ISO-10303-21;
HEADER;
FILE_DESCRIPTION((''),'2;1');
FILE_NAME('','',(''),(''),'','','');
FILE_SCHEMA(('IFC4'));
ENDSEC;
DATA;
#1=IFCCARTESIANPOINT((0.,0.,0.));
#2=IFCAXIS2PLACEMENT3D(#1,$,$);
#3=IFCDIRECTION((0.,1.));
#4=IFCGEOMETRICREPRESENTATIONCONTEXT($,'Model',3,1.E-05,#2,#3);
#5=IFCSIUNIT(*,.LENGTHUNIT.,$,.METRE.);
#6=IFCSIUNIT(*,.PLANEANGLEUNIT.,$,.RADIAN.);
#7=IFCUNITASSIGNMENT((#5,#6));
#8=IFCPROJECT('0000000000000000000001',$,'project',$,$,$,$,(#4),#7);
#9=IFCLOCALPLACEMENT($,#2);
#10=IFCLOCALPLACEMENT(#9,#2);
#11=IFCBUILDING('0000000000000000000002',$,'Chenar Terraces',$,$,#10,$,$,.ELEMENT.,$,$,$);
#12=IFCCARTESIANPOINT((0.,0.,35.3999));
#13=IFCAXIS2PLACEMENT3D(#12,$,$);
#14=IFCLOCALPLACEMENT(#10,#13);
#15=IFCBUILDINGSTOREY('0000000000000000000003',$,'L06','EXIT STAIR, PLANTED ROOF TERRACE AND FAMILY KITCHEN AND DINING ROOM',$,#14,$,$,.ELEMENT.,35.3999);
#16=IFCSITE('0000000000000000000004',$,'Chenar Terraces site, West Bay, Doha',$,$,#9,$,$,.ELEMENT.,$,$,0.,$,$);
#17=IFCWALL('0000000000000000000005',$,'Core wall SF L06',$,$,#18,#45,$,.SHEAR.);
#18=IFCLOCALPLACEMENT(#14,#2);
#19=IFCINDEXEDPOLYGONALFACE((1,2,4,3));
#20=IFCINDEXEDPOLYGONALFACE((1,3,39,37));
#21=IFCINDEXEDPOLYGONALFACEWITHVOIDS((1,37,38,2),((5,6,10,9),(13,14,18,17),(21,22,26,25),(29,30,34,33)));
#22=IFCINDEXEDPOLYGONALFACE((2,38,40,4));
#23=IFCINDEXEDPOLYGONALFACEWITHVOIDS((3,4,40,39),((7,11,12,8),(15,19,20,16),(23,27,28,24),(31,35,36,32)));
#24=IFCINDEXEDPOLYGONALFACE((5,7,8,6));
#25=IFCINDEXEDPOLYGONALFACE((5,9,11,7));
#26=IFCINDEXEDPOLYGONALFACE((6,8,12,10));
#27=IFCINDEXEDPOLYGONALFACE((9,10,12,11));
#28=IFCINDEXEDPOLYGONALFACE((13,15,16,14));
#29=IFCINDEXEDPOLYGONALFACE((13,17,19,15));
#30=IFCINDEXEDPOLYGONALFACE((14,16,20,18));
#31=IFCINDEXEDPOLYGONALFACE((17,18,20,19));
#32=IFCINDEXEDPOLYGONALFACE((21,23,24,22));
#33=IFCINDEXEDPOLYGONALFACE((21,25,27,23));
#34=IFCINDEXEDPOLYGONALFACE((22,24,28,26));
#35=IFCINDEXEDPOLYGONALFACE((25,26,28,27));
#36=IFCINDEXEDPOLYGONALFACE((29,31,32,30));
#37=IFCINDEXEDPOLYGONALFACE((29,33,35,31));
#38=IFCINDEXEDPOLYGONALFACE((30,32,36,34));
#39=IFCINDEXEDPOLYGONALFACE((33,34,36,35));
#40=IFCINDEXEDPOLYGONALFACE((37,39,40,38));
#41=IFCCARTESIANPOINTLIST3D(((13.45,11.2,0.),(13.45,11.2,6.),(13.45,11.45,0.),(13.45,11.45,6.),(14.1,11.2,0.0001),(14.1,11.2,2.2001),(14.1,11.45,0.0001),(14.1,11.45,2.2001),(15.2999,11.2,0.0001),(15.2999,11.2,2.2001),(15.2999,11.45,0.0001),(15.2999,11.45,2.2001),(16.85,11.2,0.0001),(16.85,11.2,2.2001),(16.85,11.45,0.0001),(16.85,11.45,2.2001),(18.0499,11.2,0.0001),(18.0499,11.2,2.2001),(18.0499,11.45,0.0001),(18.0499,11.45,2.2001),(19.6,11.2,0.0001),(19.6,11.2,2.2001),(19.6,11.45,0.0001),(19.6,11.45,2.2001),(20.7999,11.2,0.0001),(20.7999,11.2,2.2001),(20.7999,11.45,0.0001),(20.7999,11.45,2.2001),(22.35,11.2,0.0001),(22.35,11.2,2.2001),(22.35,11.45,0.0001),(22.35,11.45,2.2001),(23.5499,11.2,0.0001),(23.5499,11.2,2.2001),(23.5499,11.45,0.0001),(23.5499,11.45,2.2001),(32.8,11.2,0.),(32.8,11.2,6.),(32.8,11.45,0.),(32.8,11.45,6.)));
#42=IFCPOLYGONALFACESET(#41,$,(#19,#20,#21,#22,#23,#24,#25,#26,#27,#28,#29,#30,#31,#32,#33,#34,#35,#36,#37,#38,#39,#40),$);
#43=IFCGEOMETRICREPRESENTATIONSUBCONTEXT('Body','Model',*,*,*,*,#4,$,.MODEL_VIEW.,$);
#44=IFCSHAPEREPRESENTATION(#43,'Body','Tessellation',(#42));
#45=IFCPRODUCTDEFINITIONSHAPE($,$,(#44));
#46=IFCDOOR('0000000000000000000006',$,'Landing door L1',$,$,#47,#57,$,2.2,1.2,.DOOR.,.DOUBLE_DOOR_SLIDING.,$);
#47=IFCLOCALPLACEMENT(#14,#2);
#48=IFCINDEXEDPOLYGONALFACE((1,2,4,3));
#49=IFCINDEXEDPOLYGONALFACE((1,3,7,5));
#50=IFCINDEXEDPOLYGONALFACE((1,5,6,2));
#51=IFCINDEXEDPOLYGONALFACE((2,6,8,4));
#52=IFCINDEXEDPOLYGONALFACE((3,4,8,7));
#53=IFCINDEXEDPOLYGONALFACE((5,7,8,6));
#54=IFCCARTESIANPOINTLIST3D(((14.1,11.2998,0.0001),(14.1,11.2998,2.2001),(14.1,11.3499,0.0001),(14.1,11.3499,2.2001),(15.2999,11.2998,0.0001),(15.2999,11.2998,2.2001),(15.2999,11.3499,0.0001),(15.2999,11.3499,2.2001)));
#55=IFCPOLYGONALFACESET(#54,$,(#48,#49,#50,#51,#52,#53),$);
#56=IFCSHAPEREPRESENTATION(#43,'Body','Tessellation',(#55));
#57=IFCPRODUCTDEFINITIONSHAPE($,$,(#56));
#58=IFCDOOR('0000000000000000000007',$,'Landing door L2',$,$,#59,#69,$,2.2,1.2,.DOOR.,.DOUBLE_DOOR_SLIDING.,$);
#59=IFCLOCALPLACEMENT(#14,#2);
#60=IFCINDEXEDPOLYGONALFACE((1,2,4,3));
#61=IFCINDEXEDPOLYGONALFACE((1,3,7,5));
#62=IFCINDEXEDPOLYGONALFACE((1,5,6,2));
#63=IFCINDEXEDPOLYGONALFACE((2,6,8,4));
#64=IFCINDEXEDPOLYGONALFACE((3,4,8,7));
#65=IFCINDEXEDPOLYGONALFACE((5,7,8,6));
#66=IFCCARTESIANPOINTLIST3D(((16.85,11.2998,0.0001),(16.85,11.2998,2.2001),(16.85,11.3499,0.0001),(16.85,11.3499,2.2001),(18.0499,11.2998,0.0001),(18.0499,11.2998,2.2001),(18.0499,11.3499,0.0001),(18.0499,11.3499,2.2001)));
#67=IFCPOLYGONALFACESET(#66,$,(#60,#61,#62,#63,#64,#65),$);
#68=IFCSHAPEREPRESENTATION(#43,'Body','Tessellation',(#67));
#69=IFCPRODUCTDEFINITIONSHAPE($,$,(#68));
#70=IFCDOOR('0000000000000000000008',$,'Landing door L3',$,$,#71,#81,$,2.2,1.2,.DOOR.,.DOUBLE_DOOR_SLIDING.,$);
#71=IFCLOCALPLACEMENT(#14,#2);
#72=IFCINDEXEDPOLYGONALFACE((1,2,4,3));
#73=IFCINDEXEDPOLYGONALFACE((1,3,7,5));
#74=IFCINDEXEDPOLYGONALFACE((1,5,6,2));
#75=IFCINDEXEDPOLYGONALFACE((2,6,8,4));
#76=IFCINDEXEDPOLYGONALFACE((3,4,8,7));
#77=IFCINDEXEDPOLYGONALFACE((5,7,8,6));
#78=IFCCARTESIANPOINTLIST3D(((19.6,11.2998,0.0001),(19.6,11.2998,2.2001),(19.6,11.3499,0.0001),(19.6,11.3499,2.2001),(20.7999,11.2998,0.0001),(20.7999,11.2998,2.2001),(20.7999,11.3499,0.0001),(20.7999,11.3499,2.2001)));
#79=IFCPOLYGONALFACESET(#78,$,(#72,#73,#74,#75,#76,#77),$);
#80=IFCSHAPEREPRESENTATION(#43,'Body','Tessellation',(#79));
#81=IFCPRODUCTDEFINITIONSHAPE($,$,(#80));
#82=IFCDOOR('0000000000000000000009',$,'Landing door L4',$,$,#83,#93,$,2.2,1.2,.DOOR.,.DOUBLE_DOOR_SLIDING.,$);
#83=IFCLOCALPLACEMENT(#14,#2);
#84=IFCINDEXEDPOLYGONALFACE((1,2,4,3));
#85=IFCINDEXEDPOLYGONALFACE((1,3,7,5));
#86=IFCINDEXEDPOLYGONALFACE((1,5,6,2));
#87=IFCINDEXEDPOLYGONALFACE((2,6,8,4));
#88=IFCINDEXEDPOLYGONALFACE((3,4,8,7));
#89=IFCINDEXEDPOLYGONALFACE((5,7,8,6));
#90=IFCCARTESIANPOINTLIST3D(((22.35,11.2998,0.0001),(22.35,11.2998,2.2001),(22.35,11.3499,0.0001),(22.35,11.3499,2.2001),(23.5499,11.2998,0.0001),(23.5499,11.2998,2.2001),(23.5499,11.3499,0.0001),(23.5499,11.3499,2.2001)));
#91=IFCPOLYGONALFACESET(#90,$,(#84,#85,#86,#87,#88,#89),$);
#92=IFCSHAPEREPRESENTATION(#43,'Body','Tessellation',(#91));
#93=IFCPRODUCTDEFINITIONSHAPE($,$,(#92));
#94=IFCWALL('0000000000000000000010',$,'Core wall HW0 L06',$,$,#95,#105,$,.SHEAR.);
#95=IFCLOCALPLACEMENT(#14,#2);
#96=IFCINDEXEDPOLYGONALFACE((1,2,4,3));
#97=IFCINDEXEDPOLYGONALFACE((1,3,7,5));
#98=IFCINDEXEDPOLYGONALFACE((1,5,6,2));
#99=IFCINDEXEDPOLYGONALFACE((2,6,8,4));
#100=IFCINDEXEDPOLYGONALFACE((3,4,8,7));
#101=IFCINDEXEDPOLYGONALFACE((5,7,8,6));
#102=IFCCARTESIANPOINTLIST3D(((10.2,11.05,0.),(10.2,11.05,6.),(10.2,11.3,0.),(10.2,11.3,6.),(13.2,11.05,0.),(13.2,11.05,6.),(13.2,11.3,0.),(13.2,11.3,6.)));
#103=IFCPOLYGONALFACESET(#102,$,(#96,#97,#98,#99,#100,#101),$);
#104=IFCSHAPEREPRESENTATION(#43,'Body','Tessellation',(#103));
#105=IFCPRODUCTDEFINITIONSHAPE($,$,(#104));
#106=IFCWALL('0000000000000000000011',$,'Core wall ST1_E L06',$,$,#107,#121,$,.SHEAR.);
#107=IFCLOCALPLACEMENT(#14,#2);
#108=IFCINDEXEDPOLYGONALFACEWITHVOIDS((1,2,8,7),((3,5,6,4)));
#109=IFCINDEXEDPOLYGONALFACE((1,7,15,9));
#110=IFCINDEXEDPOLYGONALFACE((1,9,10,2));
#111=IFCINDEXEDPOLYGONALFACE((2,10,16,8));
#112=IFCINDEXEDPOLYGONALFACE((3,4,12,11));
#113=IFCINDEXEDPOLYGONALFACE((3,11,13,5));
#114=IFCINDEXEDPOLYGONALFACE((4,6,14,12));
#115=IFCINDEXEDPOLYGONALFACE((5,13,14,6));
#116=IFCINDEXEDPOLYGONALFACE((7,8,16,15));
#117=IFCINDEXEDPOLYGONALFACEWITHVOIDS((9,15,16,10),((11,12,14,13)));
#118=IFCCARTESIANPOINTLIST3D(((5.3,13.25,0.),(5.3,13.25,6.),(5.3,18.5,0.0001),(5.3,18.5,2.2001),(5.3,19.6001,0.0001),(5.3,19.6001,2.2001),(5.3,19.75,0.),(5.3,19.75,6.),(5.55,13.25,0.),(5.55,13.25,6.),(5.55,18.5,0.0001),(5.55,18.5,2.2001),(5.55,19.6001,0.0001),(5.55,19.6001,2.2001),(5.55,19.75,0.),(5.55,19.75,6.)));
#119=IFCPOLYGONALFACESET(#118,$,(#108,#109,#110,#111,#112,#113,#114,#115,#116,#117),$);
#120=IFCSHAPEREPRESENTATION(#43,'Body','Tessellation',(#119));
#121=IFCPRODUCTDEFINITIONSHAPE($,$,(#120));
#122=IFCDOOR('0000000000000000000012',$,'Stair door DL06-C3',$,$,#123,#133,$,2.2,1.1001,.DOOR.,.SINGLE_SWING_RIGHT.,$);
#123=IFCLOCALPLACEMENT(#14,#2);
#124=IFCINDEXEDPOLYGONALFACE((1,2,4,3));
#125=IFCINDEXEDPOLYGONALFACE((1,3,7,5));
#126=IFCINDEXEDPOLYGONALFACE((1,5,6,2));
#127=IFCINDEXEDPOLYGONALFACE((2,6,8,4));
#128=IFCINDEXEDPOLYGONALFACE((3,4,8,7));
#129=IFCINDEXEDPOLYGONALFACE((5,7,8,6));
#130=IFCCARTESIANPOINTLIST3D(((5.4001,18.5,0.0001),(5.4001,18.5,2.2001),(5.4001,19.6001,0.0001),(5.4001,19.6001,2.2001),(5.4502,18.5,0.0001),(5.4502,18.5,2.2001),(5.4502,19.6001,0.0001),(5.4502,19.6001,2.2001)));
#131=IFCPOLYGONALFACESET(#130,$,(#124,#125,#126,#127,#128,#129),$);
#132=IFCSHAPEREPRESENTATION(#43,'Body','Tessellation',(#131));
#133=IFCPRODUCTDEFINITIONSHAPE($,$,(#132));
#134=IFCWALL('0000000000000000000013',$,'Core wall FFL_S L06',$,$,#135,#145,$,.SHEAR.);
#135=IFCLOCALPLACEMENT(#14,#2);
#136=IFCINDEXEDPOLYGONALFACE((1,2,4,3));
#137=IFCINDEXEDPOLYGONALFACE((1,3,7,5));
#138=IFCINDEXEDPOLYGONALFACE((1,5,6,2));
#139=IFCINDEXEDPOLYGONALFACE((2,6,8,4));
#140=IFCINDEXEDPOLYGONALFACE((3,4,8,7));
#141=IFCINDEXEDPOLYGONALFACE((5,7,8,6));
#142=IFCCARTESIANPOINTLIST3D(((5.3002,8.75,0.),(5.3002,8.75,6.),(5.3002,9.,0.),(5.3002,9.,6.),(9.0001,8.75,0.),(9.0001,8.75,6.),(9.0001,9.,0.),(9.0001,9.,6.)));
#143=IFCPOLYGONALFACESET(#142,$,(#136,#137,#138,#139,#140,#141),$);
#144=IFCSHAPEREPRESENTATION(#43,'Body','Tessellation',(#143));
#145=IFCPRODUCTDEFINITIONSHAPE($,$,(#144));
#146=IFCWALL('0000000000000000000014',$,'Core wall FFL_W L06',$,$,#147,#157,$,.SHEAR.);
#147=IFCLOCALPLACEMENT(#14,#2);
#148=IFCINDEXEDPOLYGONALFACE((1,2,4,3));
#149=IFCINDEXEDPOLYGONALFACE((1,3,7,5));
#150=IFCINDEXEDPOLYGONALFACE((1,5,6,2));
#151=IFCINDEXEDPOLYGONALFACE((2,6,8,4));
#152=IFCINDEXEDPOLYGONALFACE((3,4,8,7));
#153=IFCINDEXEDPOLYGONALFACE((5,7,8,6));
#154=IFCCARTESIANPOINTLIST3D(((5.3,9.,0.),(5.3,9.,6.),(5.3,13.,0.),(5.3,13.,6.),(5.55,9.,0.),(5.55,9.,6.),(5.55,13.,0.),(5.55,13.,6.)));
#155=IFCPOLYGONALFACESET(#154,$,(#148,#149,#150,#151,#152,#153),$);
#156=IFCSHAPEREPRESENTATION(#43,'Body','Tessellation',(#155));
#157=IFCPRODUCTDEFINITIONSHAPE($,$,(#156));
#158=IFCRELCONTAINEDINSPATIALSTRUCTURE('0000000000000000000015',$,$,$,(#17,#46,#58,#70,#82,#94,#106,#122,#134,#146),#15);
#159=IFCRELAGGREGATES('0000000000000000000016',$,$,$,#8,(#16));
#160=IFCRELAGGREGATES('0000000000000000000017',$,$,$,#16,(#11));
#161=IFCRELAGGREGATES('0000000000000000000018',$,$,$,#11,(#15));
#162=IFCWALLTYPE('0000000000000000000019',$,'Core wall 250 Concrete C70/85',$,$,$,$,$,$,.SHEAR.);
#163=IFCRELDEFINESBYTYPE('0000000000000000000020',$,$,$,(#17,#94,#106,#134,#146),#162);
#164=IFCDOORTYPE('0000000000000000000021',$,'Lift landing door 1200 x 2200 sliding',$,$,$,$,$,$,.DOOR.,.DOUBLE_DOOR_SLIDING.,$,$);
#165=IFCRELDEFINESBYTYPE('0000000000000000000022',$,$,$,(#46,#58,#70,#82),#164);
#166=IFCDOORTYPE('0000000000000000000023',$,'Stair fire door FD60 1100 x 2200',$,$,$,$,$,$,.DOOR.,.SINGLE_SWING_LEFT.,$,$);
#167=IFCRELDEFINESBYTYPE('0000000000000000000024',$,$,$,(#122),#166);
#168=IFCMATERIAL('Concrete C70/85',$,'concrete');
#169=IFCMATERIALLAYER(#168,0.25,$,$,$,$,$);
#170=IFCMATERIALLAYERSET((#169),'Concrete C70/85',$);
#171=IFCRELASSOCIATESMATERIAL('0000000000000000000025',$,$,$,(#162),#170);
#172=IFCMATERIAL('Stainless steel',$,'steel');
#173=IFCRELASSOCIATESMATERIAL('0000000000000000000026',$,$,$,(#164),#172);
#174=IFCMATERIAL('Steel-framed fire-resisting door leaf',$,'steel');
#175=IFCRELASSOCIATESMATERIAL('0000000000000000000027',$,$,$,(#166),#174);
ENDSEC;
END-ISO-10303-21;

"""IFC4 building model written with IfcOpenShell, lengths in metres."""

from ifc_helpers import new_model, si_unit, direction, frame, frame_2d, origin, place, context, subcontext, project, spatial, rectangle, extrude, material, layer, layer_set, type_object, element, fill, save


model = new_model("IFC4")

# Units and contexts
model_context = context("Model", 3, precision=1e-05, world=origin(), true_north=direction((0.0, 1.0)))
body_context = subcontext(model_context, "Body", "Model", "MODEL_VIEW")
ifc_project = project(units=[si_unit("LENGTHUNIT", "METRE"), si_unit("PLANEANGLEUNIT", "RADIAN")], contexts=[model_context])

# Site, building, storey
site_placement = place(None, origin())
site = spatial("IfcSite", under=ifc_project, at=site_placement, Name="Chenar Terraces site, West Bay, Doha", CompositionType="ELEMENT", RefElevation=0.0)
building_placement = place(site_placement, origin())
building = spatial("IfcBuilding", under=site, at=building_placement, Name="Chenar Terraces", CompositionType="ELEMENT")
storey_placement = place(building_placement, frame((0.0, 0.0, 35.3999)))
storey = spatial("IfcBuildingStorey", under=building, at=storey_placement, Name="L06", Description="EXIT STAIR, PLANTED ROOF TERRACE AND FAMILY KITCHEN AND DINING ROOM", CompositionType="ELEMENT", Elevation=35.3999)

# Shared definitions
ifc_material_1 = material(Name="Concrete C70/85", Category="concrete")
ifc_layer_1 = layer(ifc_material_1, 0.25)
ifc_layer_set_1 = layer_set([ifc_layer_1], Name="Concrete C70/85")
wall_type_1 = type_object("IfcWallType", Name="Core wall 250 Concrete C70/85", PredefinedType="SHEAR", material=ifc_layer_set_1)

# Wall, openings, doors
wall_1_placement = place(storey_placement, frame((13.45, 11.325, 0.0), z_axis=(0.0, 0.0, 1.0), x_axis=(1.0, 0.0, 0.0)))
wall_1 = element("IfcWall", 1, at=wall_1_placement, inside=storey, type_object=wall_type_1, Name="Core wall SF L06", PredefinedType="SHEAR", context=body_context, shape_type="SweptSolid", body=[
    extrude(rectangle(XDim=19.3501, YDim=0.25, at=frame_2d((9.675, 0.0))), origin(), (0.0, 0.0, 1.0), 6.0),
])
opening_1_placement = place(wall_1_placement, frame((0.6499, 0.0, 0.0)))
opening_1 = element("IfcOpeningElement", 2, at=opening_1_placement, cuts=wall_1, PredefinedType="OPENING", context=body_context, shape_type="SweptSolid", body=[
    extrude(rectangle(XDim=1.2, YDim=2.2, at=frame_2d((0.6001, 1.1001))), frame((0.0, 0.135, 0.0), z_axis=(0.0, -1.0, 0.0), x_axis=(1.0, 0.0, 0.0)), (0.0, 0.0, 1.0), 0.27),
])
opening_2_placement = place(wall_1_placement, frame((3.3999, 0.0, 0.0)))
opening_2 = element("IfcOpeningElement", 3, at=opening_2_placement, cuts=wall_1, PredefinedType="OPENING", context=body_context, shape_type="SweptSolid", body=[
    extrude(rectangle(XDim=1.2, YDim=2.2, at=frame_2d((0.6001, 1.1001))), frame((0.0, 0.135, 0.0), z_axis=(0.0, -1.0, 0.0), x_axis=(1.0, 0.0, 0.0)), (0.0, 0.0, 1.0), 0.27),
])
opening_3_placement = place(wall_1_placement, frame((6.1499, 0.0, 0.0)))
opening_3 = element("IfcOpeningElement", 4, at=opening_3_placement, cuts=wall_1, PredefinedType="OPENING", context=body_context, shape_type="SweptSolid", body=[
    extrude(rectangle(XDim=1.2, YDim=2.2, at=frame_2d((0.6001, 1.1001))), frame((0.0, 0.135, 0.0), z_axis=(0.0, -1.0, 0.0), x_axis=(1.0, 0.0, 0.0)), (0.0, 0.0, 1.0), 0.27),
])
opening_4_placement = place(wall_1_placement, frame((8.8999, 0.0, 0.0)))
opening_4 = element("IfcOpeningElement", 5, at=opening_4_placement, cuts=wall_1, PredefinedType="OPENING", context=body_context, shape_type="SweptSolid", body=[
    extrude(rectangle(XDim=1.2, YDim=2.2, at=frame_2d((0.6001, 1.1001))), frame((0.0, 0.135, 0.0), z_axis=(0.0, -1.0, 0.0), x_axis=(1.0, 0.0, 0.0)), (0.0, 0.0, 1.0), 0.27),
])
ifc_material_2 = material(Name="Stainless steel", Category="steel")
door_type_1 = type_object("IfcDoorType", Name="Lift landing door 1200 x 2200 sliding", OperationType="DOUBLE_DOOR_SLIDING", PredefinedType="DOOR", material=ifc_material_2)
door_1_placement = place(opening_1_placement, origin())
door_1 = element("IfcDoor", 6, at=door_1_placement, inside=storey, type_object=door_type_1, Name="Landing door L1", OperationType="DOUBLE_DOOR_SLIDING", OverallHeight=2.2, OverallWidth=1.2, PredefinedType="DOOR", context=body_context, shape_type="SweptSolid", body=[
    extrude(rectangle(XDim=1.2, YDim=2.2, at=frame_2d((0.6001, 1.1001))), frame((0.0, 0.0249, 0.0), z_axis=(0.0, -1.0, 0.0), x_axis=(1.0, 0.0, 0.0)), (0.0, 0.0, 1.0), 0.05),
])
fill(opening_1, door_1)
door_2_placement = place(opening_2_placement, origin())
door_2 = element("IfcDoor", 7, at=door_2_placement, inside=storey, type_object=door_type_1, Name="Landing door L2", OperationType="DOUBLE_DOOR_SLIDING", OverallHeight=2.2, OverallWidth=1.2, PredefinedType="DOOR", context=body_context, shape_type="SweptSolid", body=[
    extrude(rectangle(XDim=1.2, YDim=2.2, at=frame_2d((0.6001, 1.1001))), frame((0.0, 0.0249, 0.0), z_axis=(0.0, -1.0, 0.0), x_axis=(1.0, 0.0, 0.0)), (0.0, 0.0, 1.0), 0.05),
])
fill(opening_2, door_2)
door_3_placement = place(opening_3_placement, origin())
door_3 = element("IfcDoor", 8, at=door_3_placement, inside=storey, type_object=door_type_1, Name="Landing door L3", OperationType="DOUBLE_DOOR_SLIDING", OverallHeight=2.2, OverallWidth=1.2, PredefinedType="DOOR", context=body_context, shape_type="SweptSolid", body=[
    extrude(rectangle(XDim=1.2, YDim=2.2, at=frame_2d((0.6001, 1.1001))), frame((0.0, 0.0249, 0.0), z_axis=(0.0, -1.0, 0.0), x_axis=(1.0, 0.0, 0.0)), (0.0, 0.0, 1.0), 0.05),
])
fill(opening_3, door_3)
door_4_placement = place(opening_4_placement, origin())
door_4 = element("IfcDoor", 9, at=door_4_placement, inside=storey, type_object=door_type_1, Name="Landing door L4", OperationType="DOUBLE_DOOR_SLIDING", OverallHeight=2.2, OverallWidth=1.2, PredefinedType="DOOR", context=body_context, shape_type="SweptSolid", body=[
    extrude(rectangle(XDim=1.2, YDim=2.2, at=frame_2d((0.6001, 1.1001))), frame((0.0, 0.0249, 0.0), z_axis=(0.0, -1.0, 0.0), x_axis=(1.0, 0.0, 0.0)), (0.0, 0.0, 1.0), 0.05),
])
fill(opening_4, door_4)

# Wall
wall_2_placement = place(storey_placement, frame((10.2, 11.175, 0.0), z_axis=(0.0, 0.0, 1.0), x_axis=(1.0, 0.0, 0.0)))
element("IfcWall", 10, at=wall_2_placement, inside=storey, type_object=wall_type_1, Name="Core wall HW0 L06", PredefinedType="SHEAR", context=body_context, shape_type="SweptSolid", body=[
    extrude(rectangle(XDim=3.0, YDim=0.25, at=frame_2d((1.5, 0.0))), origin(), (0.0, 0.0, 1.0), 6.0),
])

# Wall, opening, door
wall_3_placement = place(storey_placement, frame((5.425, 13.25, 0.0), z_axis=(0.0, 0.0, 1.0), x_axis=(0.0, 1.0, 0.0)))
wall_3 = element("IfcWall", 11, at=wall_3_placement, inside=storey, type_object=wall_type_1, Name="Core wall ST1_E L06", PredefinedType="SHEAR", context=body_context, shape_type="SweptSolid", body=[
    extrude(rectangle(XDim=6.5, YDim=0.25, at=frame_2d((3.25, 0.0))), origin(), (0.0, 0.0, 1.0), 6.0),
])
opening_5_placement = place(wall_3_placement, frame((5.25, 0.0, 0.0)))
opening_5 = element("IfcOpeningElement", 12, at=opening_5_placement, cuts=wall_3, PredefinedType="OPENING", context=body_context, shape_type="SweptSolid", body=[
    extrude(rectangle(XDim=1.1001, YDim=2.2, at=frame_2d((0.55, 1.1001))), frame((0.0, 0.135, 0.0), z_axis=(0.0, -1.0, 0.0), x_axis=(1.0, 0.0, 0.0)), (0.0, 0.0, 1.0), 0.27),
])
ifc_material_3 = material(Name="Steel-framed fire-resisting door leaf", Category="steel")
door_type_2 = type_object("IfcDoorType", Name="Stair fire door FD60 1100 x 2200", OperationType="SINGLE_SWING_LEFT", PredefinedType="DOOR", material=ifc_material_3)
door_5_placement = place(opening_5_placement, origin())
door_5 = element("IfcDoor", 13, at=door_5_placement, inside=storey, type_object=door_type_2, Name="Stair door DL06-C3", OperationType="SINGLE_SWING_RIGHT", OverallHeight=2.2, OverallWidth=1.1001, PredefinedType="DOOR", context=body_context, shape_type="SweptSolid", body=[
    extrude(rectangle(XDim=1.1001, YDim=2.2, at=frame_2d((0.55, 1.1001))), frame((0.0, 0.0249, 0.0), z_axis=(0.0, -1.0, 0.0), x_axis=(1.0, 0.0, 0.0)), (0.0, 0.0, 1.0), 0.05),
])
fill(opening_5, door_5)

# Walls
wall_4_placement = place(storey_placement, frame((5.3, 8.875, 0.0), z_axis=(0.0, 0.0, 1.0), x_axis=(1.0, 0.0, 0.0)))
element("IfcWall", 14, at=wall_4_placement, inside=storey, type_object=wall_type_1, Name="Core wall FFL_S L06", PredefinedType="SHEAR", context=body_context, shape_type="SweptSolid", body=[
    extrude(rectangle(XDim=3.7, YDim=0.25, at=frame_2d((1.8501, 0.0))), origin(), (0.0, 0.0, 1.0), 6.0),
])
wall_5_placement = place(storey_placement, frame((5.425, 9.0, 0.0), z_axis=(0.0, 0.0, 1.0), x_axis=(0.0, 1.0, 0.0)))
element("IfcWall", 15, at=wall_5_placement, inside=storey, type_object=wall_type_1, Name="Core wall FFL_W L06", PredefinedType="SHEAR", context=body_context, shape_type="SweptSolid", body=[
    extrude(rectangle(XDim=4.0, YDim=0.25, at=frame_2d((2.0, 0.0))), origin(), (0.0, 0.0, 1.0), 6.0),
])

save(model, "model.ifc")
